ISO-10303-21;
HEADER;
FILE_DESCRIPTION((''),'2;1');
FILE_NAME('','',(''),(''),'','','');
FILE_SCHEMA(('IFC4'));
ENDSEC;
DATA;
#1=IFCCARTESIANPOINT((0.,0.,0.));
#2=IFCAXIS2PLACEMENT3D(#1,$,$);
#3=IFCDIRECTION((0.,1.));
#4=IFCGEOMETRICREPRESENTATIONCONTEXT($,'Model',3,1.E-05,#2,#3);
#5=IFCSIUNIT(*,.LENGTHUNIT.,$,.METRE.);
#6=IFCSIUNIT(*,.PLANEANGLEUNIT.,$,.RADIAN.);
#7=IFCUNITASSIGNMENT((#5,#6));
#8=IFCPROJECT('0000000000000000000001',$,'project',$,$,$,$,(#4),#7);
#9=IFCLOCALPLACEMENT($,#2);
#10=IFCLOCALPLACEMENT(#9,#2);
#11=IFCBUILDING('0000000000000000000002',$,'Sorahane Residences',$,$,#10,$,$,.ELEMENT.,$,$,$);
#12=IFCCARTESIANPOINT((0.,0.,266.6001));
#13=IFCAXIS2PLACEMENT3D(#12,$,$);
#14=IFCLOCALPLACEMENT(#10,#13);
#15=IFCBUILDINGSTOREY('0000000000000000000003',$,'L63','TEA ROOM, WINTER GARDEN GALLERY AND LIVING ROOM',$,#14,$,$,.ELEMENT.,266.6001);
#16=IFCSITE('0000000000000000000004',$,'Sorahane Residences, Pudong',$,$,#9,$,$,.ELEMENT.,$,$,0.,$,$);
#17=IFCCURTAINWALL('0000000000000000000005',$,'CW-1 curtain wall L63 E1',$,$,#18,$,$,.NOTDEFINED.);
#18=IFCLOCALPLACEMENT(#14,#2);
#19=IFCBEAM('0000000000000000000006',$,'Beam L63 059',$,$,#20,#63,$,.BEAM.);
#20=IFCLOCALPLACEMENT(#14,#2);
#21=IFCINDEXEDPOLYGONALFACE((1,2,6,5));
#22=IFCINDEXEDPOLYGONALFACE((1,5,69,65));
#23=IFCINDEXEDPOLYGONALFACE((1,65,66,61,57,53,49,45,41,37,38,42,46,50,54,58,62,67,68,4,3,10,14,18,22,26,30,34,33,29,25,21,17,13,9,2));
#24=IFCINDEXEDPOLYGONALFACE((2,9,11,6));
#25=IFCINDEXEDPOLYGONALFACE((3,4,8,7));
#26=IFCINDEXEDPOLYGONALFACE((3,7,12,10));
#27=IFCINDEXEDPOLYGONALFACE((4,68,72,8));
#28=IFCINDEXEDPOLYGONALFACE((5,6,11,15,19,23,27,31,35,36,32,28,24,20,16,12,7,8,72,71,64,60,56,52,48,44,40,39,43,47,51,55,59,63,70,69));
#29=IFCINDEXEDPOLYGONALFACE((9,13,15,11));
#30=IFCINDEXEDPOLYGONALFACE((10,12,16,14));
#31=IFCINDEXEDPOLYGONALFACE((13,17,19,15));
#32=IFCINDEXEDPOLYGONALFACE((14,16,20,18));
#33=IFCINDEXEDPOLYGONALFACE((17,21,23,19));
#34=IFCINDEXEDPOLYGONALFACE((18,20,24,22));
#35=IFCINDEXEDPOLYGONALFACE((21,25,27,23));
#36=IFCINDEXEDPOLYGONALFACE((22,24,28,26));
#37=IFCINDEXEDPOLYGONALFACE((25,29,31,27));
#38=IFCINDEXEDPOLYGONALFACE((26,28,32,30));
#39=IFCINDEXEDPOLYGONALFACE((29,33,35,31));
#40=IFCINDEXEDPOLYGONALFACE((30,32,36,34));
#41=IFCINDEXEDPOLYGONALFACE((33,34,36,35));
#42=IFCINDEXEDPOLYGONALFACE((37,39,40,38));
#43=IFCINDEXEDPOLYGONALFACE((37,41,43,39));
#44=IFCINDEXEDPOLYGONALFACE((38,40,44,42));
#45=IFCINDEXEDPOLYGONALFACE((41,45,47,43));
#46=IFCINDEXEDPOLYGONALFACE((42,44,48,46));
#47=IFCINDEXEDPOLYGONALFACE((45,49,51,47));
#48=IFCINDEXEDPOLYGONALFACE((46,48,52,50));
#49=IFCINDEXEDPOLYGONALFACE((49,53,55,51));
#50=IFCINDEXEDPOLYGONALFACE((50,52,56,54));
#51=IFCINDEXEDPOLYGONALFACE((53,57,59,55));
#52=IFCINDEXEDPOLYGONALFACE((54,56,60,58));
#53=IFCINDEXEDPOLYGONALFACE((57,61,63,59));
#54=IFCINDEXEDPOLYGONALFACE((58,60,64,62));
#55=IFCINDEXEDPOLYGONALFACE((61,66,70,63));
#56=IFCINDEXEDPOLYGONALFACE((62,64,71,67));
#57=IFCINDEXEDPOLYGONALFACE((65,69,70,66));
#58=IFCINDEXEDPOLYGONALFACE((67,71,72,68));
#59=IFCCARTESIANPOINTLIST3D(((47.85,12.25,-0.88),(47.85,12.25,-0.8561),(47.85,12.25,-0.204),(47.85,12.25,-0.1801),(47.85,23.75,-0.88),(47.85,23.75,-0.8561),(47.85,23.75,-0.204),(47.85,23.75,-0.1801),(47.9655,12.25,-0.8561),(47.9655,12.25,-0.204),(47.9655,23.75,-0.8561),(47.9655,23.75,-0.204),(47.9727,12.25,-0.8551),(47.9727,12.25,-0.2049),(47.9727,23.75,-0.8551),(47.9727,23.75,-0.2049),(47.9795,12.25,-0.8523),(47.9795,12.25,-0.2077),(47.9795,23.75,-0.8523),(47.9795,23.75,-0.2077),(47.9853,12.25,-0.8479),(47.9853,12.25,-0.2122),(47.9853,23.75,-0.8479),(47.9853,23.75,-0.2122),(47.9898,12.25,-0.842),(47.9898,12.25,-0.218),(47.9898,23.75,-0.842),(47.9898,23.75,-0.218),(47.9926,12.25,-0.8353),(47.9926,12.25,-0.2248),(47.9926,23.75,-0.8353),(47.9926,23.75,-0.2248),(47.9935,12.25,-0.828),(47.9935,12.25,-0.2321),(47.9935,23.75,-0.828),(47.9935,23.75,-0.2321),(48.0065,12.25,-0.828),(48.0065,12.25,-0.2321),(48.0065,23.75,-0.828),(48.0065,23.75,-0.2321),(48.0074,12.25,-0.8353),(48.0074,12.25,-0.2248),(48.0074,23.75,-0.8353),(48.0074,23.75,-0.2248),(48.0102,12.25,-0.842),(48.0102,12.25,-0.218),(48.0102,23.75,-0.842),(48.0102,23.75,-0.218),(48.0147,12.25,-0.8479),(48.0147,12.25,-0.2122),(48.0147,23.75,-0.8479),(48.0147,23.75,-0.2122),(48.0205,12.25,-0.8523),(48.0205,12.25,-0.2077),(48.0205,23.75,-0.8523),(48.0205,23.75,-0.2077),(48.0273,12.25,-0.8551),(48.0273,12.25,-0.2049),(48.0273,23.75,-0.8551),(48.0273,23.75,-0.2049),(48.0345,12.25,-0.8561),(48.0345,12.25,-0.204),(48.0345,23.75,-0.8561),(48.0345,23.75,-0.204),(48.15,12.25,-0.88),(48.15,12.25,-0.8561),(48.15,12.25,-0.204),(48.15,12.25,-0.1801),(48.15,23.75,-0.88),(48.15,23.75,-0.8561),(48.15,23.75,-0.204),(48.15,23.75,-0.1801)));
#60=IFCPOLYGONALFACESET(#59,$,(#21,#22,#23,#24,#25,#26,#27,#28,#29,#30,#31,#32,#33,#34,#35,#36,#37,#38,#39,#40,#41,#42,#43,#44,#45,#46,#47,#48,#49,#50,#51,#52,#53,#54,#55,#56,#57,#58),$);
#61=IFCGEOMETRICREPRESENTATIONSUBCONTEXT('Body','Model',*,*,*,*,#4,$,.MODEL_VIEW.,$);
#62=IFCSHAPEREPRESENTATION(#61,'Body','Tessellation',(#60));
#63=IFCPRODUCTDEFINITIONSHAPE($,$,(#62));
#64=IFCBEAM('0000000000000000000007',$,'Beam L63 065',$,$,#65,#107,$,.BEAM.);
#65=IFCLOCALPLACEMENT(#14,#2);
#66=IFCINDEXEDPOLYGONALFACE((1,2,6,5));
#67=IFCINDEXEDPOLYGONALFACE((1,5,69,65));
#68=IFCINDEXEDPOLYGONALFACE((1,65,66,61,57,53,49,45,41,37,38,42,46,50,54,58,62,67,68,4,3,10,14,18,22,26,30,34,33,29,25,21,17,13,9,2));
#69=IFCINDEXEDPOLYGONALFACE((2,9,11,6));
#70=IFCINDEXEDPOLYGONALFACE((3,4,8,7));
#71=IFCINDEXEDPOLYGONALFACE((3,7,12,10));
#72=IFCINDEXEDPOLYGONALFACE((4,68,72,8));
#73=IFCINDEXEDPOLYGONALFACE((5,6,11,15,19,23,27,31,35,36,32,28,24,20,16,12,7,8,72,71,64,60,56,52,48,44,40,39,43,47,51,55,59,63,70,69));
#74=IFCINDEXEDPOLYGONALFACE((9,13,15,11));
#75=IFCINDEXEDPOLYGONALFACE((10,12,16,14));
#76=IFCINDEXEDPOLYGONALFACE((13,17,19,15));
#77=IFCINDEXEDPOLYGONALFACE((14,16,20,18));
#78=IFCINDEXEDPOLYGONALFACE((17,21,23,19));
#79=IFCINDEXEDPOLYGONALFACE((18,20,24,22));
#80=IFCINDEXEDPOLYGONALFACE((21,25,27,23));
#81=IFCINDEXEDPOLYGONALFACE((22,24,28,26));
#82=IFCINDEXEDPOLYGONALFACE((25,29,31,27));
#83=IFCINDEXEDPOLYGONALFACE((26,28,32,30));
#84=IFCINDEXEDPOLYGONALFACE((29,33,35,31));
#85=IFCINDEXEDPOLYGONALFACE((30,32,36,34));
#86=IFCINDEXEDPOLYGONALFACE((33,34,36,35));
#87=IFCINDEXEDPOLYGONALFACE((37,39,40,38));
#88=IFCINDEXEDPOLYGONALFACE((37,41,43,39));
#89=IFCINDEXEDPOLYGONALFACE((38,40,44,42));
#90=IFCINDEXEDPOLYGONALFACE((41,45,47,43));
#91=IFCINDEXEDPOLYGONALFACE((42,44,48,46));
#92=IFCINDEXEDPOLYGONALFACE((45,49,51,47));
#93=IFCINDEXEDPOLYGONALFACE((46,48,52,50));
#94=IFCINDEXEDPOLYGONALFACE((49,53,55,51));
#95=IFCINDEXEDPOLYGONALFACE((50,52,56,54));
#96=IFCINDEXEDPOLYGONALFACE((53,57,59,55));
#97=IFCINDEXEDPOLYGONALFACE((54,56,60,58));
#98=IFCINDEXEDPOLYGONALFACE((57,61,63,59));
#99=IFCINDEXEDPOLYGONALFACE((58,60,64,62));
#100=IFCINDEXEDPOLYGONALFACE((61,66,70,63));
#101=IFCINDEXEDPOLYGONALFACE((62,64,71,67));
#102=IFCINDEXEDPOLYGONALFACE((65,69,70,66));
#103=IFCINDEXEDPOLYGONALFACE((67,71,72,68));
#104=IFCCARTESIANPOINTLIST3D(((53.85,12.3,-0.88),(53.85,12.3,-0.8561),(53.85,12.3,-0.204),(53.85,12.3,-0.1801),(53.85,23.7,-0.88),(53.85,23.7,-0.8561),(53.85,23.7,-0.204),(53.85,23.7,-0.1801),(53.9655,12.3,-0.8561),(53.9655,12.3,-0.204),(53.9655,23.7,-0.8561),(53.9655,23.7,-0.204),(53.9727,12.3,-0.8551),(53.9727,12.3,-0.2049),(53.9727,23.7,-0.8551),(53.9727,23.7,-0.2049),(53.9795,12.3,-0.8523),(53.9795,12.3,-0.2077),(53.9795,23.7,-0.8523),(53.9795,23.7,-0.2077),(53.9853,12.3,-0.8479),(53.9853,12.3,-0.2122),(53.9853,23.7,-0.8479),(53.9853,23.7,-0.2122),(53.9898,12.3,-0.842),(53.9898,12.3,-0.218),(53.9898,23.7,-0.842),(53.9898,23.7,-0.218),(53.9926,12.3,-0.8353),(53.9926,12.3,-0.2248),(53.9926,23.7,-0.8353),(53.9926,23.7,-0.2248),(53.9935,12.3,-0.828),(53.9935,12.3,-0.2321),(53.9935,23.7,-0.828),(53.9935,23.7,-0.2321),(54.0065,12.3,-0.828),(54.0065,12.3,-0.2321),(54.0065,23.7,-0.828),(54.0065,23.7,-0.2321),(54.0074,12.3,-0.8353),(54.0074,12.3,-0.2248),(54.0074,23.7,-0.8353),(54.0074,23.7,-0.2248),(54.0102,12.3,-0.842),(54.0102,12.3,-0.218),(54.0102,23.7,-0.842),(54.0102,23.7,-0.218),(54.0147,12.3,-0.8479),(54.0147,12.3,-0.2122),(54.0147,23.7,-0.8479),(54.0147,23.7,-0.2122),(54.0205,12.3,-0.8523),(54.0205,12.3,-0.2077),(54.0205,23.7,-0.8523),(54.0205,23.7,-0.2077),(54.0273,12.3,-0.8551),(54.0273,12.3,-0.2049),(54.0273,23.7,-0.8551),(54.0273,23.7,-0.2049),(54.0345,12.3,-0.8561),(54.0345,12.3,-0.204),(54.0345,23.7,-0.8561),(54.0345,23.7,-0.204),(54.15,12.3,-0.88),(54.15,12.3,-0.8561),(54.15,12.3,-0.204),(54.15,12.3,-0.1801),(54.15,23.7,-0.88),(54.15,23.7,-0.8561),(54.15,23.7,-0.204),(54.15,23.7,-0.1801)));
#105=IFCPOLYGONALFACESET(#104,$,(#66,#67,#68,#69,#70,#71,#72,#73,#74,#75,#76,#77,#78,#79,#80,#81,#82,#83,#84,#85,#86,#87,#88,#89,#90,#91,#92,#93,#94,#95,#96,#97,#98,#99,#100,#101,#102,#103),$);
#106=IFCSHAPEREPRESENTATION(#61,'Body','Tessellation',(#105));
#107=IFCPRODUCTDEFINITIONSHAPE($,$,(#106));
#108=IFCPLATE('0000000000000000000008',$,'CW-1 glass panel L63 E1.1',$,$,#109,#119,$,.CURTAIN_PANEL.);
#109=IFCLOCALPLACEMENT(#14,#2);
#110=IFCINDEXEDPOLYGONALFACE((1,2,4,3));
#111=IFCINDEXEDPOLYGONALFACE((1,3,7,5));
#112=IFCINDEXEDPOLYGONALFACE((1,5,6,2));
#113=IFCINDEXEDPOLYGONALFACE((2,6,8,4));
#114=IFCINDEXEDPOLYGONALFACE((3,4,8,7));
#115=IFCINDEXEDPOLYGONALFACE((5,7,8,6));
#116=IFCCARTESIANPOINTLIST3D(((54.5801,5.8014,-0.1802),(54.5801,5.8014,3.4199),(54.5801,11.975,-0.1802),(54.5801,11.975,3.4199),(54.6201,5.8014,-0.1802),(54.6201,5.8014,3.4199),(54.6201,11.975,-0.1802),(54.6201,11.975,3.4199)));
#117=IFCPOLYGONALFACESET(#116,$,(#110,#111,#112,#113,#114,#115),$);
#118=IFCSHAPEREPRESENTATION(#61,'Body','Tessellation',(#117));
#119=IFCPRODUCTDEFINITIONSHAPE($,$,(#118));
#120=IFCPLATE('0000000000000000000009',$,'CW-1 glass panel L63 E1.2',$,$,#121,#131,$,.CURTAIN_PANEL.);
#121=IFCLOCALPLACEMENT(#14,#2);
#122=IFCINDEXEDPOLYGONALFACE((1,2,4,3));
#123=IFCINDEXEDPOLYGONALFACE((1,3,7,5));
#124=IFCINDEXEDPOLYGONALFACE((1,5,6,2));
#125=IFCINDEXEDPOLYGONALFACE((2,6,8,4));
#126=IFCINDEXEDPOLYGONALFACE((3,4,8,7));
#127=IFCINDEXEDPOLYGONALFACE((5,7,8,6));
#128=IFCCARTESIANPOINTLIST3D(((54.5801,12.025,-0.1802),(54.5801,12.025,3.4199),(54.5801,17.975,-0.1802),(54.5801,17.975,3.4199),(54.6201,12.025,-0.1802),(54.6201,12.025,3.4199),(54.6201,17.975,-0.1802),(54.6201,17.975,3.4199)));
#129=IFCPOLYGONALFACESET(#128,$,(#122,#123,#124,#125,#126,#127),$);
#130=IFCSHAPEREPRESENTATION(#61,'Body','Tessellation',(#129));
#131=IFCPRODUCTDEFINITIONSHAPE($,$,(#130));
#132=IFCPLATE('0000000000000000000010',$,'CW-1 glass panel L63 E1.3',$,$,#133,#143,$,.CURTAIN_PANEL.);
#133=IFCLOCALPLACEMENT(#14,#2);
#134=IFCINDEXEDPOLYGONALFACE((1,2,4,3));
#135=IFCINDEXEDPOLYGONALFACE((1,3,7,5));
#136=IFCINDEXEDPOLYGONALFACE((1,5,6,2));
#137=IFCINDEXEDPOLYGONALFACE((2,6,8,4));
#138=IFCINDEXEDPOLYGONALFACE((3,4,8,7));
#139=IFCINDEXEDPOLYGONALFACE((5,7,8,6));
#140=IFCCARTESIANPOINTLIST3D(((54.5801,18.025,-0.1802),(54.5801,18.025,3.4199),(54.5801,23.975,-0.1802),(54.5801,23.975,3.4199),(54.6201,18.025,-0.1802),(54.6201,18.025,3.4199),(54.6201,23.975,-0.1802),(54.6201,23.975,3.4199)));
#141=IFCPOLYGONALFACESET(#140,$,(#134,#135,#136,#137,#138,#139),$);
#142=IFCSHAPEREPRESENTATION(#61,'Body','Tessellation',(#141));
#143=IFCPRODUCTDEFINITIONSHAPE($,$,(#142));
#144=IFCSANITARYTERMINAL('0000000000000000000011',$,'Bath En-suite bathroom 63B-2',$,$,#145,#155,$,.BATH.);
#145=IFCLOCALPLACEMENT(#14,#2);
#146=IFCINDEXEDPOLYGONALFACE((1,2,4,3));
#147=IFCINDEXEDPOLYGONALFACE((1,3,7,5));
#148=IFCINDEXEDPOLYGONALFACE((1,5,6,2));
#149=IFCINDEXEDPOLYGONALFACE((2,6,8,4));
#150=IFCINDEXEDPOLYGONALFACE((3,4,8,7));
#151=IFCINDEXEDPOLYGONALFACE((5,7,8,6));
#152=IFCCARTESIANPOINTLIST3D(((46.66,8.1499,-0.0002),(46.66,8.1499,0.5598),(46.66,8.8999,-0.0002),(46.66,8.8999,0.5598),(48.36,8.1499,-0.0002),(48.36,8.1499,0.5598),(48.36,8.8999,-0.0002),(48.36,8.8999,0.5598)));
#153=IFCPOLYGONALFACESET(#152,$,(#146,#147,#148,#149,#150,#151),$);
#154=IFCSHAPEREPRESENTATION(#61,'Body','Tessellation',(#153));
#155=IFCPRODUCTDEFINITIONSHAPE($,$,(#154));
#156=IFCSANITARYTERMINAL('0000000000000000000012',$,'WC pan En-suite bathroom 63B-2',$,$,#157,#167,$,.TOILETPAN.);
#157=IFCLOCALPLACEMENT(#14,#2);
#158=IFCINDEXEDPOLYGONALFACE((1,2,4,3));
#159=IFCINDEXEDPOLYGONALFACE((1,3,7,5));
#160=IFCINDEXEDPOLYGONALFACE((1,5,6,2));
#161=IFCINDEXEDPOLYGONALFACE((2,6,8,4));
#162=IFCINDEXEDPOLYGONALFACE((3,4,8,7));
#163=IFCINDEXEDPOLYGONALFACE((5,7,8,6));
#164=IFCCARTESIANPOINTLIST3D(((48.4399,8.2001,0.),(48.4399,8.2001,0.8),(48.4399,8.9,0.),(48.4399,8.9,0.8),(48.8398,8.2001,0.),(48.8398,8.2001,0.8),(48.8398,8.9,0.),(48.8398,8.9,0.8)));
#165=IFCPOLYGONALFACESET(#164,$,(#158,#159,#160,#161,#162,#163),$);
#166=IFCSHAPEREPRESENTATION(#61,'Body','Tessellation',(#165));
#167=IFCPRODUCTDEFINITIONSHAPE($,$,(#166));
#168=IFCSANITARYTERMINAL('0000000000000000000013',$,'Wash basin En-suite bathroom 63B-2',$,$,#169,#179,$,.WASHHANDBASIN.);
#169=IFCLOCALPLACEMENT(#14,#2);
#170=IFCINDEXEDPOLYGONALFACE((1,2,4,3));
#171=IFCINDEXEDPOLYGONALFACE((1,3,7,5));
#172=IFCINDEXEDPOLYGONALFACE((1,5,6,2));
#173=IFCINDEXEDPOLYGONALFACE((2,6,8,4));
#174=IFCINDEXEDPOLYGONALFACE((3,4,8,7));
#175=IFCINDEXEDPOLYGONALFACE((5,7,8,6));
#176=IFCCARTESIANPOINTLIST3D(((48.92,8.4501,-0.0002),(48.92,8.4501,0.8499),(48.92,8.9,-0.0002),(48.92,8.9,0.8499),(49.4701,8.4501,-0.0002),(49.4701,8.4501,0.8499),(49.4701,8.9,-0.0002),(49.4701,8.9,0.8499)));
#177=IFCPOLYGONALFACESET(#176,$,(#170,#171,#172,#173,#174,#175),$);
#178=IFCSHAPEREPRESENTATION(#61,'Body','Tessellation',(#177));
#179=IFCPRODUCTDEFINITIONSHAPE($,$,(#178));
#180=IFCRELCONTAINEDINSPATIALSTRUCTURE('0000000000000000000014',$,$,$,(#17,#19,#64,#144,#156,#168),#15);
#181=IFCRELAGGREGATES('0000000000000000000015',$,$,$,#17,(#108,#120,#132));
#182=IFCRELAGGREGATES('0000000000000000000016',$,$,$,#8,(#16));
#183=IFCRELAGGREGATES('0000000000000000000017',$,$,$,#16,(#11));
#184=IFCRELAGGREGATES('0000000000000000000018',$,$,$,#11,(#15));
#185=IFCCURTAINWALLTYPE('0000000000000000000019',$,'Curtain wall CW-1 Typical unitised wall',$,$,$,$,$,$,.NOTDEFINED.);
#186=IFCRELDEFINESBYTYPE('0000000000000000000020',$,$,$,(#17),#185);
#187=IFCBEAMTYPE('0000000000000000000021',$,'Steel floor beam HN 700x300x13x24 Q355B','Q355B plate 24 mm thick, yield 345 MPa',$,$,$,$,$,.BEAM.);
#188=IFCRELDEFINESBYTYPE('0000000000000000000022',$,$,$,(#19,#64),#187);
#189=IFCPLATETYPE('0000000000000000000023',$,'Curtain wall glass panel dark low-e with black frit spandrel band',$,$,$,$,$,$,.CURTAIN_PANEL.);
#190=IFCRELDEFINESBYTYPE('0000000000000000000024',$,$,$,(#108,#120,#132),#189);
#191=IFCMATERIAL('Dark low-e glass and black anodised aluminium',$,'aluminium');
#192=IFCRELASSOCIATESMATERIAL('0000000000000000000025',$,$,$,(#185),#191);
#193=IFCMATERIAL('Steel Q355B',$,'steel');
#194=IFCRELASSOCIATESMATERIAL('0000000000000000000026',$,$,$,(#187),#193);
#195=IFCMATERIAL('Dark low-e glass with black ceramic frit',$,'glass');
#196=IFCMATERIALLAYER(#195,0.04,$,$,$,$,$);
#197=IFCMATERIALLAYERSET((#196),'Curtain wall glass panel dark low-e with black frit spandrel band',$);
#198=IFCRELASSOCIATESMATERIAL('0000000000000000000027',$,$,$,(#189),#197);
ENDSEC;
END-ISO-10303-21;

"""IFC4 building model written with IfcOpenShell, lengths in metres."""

from ifc_helpers import new_model, si_unit, direction, frame, origin, origin_2d, place, context, subcontext, project, spatial, rectangle, i_section, extrude, material, layer, layer_set, material_profile, profile_set, type_object, element, aggregate, save


model = new_model("IFC4")

# Units and contexts
model_context = context("Model", 3, precision=1e-05, world=origin(), true_north=direction((0.0, 1.0)))
body_context = subcontext(model_context, "Body", "Model", "MODEL_VIEW")
ifc_project = project(units=[si_unit("LENGTHUNIT", "METRE"), si_unit("PLANEANGLEUNIT", "RADIAN")], contexts=[model_context])

# Site, building, storey
site_placement = place(None, origin())
site = spatial("IfcSite", under=ifc_project, at=site_placement, Name="Sorahane Residences, Pudong", CompositionType="ELEMENT", RefElevation=0.0)
building_placement = place(site_placement, origin())
building = spatial("IfcBuilding", under=site, at=building_placement, Name="Sorahane Residences", CompositionType="ELEMENT")
storey_placement = place(building_placement, frame((0.0, 0.0, 266.6001)))
storey = spatial("IfcBuildingStorey", under=building, at=storey_placement, Name="L63", Description="TEA ROOM, WINTER GARDEN GALLERY AND LIVING ROOM", CompositionType="ELEMENT", Elevation=266.6001)

# Curtain wall
ifc_material_1 = material(Name="Dark low-e glass and black anodised aluminium", Category="aluminium")
curtain_wall_type = type_object("IfcCurtainWallType", Name="Curtain wall CW-1 Typical unitised wall", PredefinedType="NOTDEFINED", material=ifc_material_1)
curtain_wall_placement = place(storey_placement, origin())
curtain_wall = element("IfcCurtainWall", 1, at=curtain_wall_placement, inside=storey, type_object=curtain_wall_type, Name="CW-1 curtain wall L63 E1", PredefinedType="NOTDEFINED")

# Beams
ifc_material_2 = material(Name="Steel Q355B", Category="steel")
ifc_material_profile_1 = material_profile(ifc_material_2, i_section(OverallWidth=0.3, OverallDepth=0.7, WebThickness=0.0129, FlangeThickness=0.0239, FilletRadius=0.0281, at=origin_2d()), Name="HN 700x300x13x24")
ifc_profile_set_1 = profile_set([ifc_material_profile_1], Name="Steel Q355B")
beam_type_1 = type_object("IfcBeamType", Name="Steel floor beam HN 700x300x13x24 Q355B", Description="Q355B plate 24 mm thick, yield 345 MPa", PredefinedType="BEAM", material=ifc_profile_set_1)
beam_1_placement = place(storey_placement, frame((48.0, 12.25, -0.53), z_axis=(0.0, 1.0, 0.0), x_axis=(-1.0, 0.0, 0.0)))
element("IfcBeam", 2, at=beam_1_placement, inside=storey, type_object=beam_type_1, Name="Beam L63 059", PredefinedType="BEAM", context=body_context, shape_type="SweptSolid", body=[
    extrude(i_section(OverallWidth=0.3, OverallDepth=0.7, WebThickness=0.0129, FlangeThickness=0.0239, FilletRadius=0.0281, at=origin_2d()), origin(), (0.0, 0.0, 1.0), 11.5),
])
beam_2_placement = place(storey_placement, frame((54.0, 12.3, -0.53), z_axis=(0.0, 1.0, 0.0), x_axis=(-1.0, 0.0, 0.0)))
element("IfcBeam", 3, at=beam_2_placement, inside=storey, type_object=beam_type_1, Name="Beam L63 065", PredefinedType="BEAM", context=body_context, shape_type="SweptSolid", body=[
    extrude(i_section(OverallWidth=0.3, OverallDepth=0.7, WebThickness=0.0129, FlangeThickness=0.0239, FilletRadius=0.0281, at=origin_2d()), origin(), (0.0, 0.0, 1.0), 11.3999),
])

# Plates
ifc_material_3 = material(Name="Dark low-e glass with black ceramic frit", Category="glass")
ifc_layer = layer(ifc_material_3, 0.04)
ifc_layer_set = layer_set([ifc_layer], Name="Curtain wall glass panel dark low-e with black frit spandrel band")
plate_type = type_object("IfcPlateType", Name="Curtain wall glass panel dark low-e with black frit spandrel band", PredefinedType="CURTAIN_PANEL", material=ifc_layer_set)
plate_1_placement = place(storey_placement, frame((54.6001, 8.8882, -0.1802), z_axis=(0.0, 0.0, 1.0), x_axis=(0.0, 1.0, 0.0)))
plate_1 = element("IfcPlate", 4, at=plate_1_placement, type_object=plate_type, Name="CW-1 glass panel L63 E1.1", PredefinedType="CURTAIN_PANEL", context=body_context, shape_type="SweptSolid", body=[
    extrude(rectangle(XDim=6.1736, YDim=0.04, at=origin_2d()), origin(), (0.0, 0.0, 1.0), 3.6001),
])
plate_2_placement = place(storey_placement, frame((54.6001, 15.0, -0.1802), z_axis=(0.0, 0.0, 1.0), x_axis=(0.0, 1.0, 0.0)))
plate_2 = element("IfcPlate", 5, at=plate_2_placement, type_object=plate_type, Name="CW-1 glass panel L63 E1.2", PredefinedType="CURTAIN_PANEL", context=body_context, shape_type="SweptSolid", body=[
    extrude(rectangle(XDim=5.95, YDim=0.04, at=origin_2d()), origin(), (0.0, 0.0, 1.0), 3.6001),
])
plate_3_placement = place(storey_placement, frame((54.6001, 21.0, -0.1802), z_axis=(0.0, 0.0, 1.0), x_axis=(0.0, 1.0, 0.0)))
plate_3 = element("IfcPlate", 6, at=plate_3_placement, type_object=plate_type, Name="CW-1 glass panel L63 E1.3", PredefinedType="CURTAIN_PANEL", context=body_context, shape_type="SweptSolid", body=[
    extrude(rectangle(XDim=5.95, YDim=0.04, at=origin_2d()), origin(), (0.0, 0.0, 1.0), 3.6001),
])
aggregate(curtain_wall, [plate_1, plate_2, plate_3])

# Sanitary terminals
sanitary_terminal_1_placement = place(storey_placement, frame((47.51, 8.5249, -0.0002), z_axis=(0.0, 0.0, 1.0), x_axis=(1.0, 0.0, 0.0)))
element("IfcSanitaryTerminal", 7, at=sanitary_terminal_1_placement, inside=storey, Name="Bath En-suite bathroom 63B-2", PredefinedType="BATH", context=body_context, shape_type="SweptSolid", body=[
    extrude(rectangle(XDim=1.7, YDim=0.75, at=origin_2d()), origin(), (0.0, 0.0, 1.0), 0.5601),
])
sanitary_terminal_2_placement = place(storey_placement, frame((48.6399, 8.55, 0.0), z_axis=(0.0, 0.0, 1.0), x_axis=(1.0, 0.0, 0.0)))
element("IfcSanitaryTerminal", 8, at=sanitary_terminal_2_placement, inside=storey, Name="WC pan En-suite bathroom 63B-2", PredefinedType="TOILETPAN", context=body_context, shape_type="SweptSolid", body=[
    extrude(rectangle(XDim=0.3999, YDim=0.7, at=origin_2d()), origin(), (0.0, 0.0, 1.0), 0.8),
])
sanitary_terminal_3_placement = place(storey_placement, frame((49.1951, 8.675, -0.0002), z_axis=(0.0, 0.0, 1.0), x_axis=(1.0, 0.0, 0.0)))
element("IfcSanitaryTerminal", 9, at=sanitary_terminal_3_placement, inside=storey, Name="Wash basin En-suite bathroom 63B-2", PredefinedType="WASHHANDBASIN", context=body_context, shape_type="SweptSolid", body=[
    extrude(rectangle(XDim=0.55, YDim=0.45, at=origin_2d()), origin(), (0.0, 0.0, 1.0), 0.8501),
])

save(model, "model.ifc")
